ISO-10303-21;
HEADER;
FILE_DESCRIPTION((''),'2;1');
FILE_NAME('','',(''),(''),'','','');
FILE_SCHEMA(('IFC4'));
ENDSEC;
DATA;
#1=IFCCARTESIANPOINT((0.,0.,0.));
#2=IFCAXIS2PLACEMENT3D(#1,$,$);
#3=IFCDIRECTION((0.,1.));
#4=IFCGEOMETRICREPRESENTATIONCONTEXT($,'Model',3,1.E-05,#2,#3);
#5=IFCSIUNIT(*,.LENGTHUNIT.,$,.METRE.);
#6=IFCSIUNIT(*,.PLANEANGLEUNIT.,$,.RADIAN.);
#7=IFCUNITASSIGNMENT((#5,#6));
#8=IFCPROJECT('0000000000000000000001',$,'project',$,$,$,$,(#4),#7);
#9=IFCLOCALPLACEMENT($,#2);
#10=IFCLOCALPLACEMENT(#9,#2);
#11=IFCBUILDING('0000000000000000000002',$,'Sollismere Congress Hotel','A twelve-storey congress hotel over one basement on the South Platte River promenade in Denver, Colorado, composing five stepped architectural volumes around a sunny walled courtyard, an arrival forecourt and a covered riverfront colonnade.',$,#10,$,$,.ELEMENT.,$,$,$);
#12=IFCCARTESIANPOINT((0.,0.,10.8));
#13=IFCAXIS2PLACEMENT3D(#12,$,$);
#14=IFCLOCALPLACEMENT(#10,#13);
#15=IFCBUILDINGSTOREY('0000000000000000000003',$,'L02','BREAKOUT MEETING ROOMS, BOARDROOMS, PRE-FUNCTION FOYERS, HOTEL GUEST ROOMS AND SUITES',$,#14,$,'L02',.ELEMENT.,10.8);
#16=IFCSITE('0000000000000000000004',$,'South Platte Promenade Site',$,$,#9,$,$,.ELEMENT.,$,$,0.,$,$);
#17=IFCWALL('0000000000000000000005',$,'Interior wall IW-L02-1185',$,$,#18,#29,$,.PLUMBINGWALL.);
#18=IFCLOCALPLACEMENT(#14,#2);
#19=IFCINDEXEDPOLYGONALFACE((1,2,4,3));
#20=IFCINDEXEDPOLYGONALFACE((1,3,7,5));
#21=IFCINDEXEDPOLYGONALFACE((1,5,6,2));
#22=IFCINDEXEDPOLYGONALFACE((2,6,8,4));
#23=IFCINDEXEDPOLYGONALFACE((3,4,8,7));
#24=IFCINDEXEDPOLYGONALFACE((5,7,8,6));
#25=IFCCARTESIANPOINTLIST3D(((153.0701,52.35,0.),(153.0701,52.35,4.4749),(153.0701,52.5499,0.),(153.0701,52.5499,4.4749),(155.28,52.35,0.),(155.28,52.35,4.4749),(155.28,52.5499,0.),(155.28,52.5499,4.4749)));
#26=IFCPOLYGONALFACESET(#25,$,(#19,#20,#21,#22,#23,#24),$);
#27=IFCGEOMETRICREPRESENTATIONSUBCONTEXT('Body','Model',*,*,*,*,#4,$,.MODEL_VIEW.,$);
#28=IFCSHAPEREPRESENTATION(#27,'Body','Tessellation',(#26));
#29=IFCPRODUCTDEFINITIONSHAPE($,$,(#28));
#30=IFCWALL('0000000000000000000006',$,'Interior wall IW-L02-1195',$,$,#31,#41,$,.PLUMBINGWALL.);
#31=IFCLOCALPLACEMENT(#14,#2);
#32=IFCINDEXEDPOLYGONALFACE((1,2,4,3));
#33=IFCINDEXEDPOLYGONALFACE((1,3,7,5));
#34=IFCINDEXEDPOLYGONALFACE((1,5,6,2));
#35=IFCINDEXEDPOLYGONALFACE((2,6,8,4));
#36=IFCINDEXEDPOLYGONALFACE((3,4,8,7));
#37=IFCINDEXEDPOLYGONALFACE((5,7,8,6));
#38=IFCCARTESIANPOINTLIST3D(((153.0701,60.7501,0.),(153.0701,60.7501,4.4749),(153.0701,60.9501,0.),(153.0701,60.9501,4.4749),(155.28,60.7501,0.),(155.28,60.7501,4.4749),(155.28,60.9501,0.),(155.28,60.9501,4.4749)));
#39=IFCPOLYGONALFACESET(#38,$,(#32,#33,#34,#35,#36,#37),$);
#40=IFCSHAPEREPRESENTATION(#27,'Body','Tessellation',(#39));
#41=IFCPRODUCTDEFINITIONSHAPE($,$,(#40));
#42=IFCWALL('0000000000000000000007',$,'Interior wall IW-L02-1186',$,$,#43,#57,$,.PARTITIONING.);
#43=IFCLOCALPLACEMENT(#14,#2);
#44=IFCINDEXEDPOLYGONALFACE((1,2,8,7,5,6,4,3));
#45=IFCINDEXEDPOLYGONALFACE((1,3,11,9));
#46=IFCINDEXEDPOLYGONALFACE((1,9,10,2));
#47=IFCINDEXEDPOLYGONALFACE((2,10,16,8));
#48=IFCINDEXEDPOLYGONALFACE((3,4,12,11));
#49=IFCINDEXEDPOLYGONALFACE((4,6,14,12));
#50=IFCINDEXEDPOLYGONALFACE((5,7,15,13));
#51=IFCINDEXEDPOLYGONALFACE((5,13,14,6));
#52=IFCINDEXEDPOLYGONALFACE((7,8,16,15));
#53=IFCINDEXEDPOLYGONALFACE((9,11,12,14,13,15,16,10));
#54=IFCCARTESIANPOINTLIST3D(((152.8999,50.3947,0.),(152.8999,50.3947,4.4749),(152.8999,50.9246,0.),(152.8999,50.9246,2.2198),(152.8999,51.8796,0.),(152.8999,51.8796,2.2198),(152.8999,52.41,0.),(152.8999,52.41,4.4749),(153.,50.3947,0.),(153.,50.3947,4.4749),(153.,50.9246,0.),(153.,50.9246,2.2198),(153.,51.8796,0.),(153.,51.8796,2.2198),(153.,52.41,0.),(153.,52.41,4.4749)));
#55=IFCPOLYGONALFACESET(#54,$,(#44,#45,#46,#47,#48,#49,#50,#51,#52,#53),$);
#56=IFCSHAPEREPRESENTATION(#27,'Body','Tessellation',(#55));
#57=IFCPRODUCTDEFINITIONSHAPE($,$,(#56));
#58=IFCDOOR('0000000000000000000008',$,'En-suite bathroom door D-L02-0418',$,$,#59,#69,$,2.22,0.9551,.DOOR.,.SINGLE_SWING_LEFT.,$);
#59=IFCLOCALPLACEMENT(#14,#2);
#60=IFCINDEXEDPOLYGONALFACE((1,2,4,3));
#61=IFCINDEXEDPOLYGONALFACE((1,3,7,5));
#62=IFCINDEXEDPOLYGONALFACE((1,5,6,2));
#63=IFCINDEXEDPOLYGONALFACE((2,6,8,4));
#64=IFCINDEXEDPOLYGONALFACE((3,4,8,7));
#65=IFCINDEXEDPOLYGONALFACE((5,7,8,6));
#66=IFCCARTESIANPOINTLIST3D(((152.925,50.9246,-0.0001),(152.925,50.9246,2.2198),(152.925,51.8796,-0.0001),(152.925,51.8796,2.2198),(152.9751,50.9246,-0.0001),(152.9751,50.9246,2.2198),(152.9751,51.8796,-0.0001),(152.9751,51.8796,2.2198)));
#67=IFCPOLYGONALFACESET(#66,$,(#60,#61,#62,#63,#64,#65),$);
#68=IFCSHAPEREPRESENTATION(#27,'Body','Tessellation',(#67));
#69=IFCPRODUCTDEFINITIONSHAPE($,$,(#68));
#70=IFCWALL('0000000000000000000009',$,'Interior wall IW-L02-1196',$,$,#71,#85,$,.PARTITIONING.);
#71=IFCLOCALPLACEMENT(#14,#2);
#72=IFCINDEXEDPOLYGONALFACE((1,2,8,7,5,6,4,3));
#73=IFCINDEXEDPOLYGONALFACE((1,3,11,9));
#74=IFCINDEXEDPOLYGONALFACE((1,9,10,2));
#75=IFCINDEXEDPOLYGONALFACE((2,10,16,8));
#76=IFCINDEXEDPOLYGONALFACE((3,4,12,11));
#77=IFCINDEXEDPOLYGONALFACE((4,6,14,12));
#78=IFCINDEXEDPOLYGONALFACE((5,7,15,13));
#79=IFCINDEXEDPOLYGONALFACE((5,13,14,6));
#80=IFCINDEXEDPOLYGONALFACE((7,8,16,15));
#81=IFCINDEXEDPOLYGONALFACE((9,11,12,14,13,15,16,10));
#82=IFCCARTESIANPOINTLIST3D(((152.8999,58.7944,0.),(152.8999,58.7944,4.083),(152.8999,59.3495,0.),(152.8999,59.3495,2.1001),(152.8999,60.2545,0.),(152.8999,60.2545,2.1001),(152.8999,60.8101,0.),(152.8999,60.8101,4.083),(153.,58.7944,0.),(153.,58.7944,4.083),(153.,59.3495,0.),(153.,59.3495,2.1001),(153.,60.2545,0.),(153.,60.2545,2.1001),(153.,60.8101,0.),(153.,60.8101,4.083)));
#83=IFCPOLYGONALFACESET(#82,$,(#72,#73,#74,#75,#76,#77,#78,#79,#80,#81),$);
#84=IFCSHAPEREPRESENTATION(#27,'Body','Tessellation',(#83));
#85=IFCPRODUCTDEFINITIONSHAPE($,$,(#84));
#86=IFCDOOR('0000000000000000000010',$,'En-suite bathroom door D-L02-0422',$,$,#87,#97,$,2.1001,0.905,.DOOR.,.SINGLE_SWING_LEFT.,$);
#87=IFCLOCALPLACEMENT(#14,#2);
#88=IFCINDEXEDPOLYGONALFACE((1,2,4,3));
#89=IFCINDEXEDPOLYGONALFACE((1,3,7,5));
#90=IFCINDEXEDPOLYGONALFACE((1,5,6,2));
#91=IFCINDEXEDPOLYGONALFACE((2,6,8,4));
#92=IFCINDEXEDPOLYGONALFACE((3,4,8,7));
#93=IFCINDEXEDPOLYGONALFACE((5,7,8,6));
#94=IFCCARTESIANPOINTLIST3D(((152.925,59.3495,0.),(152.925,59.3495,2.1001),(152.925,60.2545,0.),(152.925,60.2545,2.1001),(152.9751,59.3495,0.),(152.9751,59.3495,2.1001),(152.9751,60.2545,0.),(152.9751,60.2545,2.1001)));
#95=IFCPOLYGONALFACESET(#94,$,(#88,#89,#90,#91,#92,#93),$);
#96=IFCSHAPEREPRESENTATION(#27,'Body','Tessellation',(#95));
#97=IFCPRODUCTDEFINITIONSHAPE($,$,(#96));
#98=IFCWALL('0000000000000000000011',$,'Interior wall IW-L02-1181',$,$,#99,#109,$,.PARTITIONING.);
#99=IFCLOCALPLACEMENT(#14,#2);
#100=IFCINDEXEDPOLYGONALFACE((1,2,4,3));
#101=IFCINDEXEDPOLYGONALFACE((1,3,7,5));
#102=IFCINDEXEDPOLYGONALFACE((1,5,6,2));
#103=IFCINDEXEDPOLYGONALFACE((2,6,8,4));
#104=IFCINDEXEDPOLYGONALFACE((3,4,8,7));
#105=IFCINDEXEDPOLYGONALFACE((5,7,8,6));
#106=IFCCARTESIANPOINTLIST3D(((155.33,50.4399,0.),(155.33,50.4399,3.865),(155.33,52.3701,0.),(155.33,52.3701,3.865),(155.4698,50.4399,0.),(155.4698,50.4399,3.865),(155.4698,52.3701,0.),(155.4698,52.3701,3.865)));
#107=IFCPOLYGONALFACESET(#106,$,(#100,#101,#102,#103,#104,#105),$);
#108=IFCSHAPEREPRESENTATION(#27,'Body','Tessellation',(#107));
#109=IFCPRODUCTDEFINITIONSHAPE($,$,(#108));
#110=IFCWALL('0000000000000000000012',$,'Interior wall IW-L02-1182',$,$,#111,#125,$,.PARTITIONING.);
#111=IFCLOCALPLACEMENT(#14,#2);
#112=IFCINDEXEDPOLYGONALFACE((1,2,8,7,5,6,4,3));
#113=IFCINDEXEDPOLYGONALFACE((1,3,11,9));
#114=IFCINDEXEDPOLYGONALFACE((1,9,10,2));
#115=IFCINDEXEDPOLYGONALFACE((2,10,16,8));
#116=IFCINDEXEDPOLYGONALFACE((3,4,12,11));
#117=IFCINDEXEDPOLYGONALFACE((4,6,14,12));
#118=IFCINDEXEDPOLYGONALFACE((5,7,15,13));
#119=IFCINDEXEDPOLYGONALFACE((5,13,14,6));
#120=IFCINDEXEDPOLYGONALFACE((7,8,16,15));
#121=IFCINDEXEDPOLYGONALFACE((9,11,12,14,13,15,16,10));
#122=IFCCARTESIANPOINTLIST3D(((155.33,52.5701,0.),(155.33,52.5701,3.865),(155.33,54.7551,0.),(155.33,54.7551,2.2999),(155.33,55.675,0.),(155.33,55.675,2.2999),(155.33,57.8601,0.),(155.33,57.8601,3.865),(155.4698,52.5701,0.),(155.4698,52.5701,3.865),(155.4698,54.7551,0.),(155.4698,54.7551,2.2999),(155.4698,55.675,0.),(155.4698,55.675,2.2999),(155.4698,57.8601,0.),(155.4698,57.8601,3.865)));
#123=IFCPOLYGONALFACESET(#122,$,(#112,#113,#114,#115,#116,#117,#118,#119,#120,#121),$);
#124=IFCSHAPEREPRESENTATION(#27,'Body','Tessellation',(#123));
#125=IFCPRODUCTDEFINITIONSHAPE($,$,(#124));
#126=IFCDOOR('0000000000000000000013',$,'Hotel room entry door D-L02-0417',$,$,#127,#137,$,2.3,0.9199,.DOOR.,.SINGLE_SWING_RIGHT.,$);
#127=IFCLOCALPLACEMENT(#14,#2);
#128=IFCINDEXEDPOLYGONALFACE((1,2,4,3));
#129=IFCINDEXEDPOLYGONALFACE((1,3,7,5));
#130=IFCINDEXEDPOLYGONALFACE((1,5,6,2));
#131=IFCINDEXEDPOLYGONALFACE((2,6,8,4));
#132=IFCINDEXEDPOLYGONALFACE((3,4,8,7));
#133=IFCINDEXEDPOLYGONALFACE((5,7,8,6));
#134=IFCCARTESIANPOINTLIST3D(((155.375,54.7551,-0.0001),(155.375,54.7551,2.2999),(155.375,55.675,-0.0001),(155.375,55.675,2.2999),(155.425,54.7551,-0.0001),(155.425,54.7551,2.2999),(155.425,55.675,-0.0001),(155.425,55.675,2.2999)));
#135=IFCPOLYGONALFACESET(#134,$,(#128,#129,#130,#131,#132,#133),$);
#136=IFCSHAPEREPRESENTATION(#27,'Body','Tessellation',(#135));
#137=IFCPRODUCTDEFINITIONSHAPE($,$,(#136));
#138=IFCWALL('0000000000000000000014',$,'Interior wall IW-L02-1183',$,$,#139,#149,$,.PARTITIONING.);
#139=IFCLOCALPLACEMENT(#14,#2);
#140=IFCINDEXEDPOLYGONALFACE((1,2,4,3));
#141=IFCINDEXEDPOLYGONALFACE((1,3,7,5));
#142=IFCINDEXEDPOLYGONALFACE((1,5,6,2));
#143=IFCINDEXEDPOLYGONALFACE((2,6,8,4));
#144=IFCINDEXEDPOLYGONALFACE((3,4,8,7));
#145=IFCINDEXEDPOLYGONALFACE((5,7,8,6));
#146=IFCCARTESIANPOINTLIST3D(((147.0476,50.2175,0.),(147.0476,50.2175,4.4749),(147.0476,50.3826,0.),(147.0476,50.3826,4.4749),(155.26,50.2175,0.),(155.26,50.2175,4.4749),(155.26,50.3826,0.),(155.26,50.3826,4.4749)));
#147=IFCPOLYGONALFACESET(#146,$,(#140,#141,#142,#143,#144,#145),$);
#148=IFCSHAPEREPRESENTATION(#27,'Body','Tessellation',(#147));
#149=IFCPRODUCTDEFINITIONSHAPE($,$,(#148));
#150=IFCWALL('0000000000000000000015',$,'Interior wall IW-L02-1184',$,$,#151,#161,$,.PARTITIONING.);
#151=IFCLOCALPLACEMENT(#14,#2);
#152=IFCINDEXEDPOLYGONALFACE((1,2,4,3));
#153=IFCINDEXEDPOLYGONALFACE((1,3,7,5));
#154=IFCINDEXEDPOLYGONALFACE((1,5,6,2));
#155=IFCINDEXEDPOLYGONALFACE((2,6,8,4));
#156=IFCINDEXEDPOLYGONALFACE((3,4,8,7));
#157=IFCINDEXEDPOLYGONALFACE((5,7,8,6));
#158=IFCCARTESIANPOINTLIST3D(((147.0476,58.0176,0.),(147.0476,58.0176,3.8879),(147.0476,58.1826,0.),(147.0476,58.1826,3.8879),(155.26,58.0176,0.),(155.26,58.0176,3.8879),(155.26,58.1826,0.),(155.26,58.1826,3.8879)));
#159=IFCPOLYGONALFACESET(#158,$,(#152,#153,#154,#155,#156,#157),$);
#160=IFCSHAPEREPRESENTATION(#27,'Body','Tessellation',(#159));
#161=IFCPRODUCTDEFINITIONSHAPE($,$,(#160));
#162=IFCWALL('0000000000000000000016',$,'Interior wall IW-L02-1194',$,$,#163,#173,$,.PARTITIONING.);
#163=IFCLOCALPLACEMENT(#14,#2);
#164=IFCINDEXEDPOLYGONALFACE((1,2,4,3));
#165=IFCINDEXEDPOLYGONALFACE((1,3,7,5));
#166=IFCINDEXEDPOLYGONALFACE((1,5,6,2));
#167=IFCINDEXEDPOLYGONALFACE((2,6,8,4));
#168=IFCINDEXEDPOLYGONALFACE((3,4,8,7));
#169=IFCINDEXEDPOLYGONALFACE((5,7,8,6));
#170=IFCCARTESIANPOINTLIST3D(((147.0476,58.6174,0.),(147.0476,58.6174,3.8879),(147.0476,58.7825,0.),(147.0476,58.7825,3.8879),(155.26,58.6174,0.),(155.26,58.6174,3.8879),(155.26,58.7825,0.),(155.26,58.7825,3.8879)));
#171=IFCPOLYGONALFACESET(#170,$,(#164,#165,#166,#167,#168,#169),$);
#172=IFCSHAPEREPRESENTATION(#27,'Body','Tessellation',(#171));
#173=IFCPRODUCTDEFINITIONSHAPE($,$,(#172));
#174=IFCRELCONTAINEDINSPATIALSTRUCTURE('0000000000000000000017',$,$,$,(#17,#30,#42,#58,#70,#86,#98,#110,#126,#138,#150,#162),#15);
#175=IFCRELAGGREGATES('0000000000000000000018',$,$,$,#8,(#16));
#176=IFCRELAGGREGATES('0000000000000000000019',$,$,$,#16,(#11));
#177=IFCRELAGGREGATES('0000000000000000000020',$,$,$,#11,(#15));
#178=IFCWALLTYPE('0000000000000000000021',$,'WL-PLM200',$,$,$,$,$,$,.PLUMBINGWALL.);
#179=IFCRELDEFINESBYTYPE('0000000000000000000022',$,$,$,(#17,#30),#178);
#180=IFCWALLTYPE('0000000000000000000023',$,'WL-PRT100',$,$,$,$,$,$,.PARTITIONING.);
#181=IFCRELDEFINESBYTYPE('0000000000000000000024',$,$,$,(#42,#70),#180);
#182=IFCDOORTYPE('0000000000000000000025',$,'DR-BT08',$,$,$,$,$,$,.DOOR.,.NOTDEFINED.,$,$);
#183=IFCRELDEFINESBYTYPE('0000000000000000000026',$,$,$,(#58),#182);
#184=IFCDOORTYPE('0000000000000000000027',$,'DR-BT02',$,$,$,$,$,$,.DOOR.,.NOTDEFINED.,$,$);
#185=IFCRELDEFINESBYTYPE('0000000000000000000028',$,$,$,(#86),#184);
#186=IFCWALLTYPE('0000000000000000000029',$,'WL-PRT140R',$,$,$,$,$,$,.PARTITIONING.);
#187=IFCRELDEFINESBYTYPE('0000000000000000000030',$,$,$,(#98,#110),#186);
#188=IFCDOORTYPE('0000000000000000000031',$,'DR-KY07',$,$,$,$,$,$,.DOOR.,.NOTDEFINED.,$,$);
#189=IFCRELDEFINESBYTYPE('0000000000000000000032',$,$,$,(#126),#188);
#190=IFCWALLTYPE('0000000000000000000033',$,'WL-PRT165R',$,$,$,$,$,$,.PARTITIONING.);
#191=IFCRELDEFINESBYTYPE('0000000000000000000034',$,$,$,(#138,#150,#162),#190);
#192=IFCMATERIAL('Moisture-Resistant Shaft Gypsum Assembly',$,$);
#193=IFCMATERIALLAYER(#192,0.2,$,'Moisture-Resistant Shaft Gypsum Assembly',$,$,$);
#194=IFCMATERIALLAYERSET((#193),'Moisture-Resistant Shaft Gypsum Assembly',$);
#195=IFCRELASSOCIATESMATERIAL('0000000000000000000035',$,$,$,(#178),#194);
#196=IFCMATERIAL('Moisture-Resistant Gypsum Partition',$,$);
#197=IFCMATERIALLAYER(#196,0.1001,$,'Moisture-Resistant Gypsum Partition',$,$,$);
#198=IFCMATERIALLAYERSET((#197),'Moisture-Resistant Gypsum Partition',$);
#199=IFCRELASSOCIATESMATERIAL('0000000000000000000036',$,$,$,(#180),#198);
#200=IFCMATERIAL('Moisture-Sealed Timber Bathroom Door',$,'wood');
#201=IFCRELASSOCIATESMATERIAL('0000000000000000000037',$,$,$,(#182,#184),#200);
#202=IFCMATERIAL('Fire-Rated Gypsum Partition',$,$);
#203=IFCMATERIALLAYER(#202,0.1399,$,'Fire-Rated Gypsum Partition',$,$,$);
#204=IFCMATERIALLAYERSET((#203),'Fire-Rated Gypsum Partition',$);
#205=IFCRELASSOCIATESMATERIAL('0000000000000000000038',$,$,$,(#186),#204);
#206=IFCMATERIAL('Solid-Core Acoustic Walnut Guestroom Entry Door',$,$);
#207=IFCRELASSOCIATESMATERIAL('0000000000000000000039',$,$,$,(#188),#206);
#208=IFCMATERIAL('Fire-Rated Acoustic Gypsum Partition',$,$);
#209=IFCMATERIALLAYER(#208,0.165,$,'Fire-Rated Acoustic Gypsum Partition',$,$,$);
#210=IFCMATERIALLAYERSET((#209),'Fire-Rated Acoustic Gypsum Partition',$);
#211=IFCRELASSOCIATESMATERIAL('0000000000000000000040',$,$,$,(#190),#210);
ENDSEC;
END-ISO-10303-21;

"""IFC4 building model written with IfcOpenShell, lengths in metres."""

from ifc_helpers import new_model, si_unit, direction, frame, frame_2d, origin, place, context, subcontext, project, spatial, rectangle, extrude, material, layer, layer_set, type_object, element, fill, save


model = new_model("IFC4")

# Units and contexts
model_context = context("Model", 3, precision=1e-05, world=origin(), true_north=direction((0.0, 1.0)))
body_context = subcontext(model_context, "Body", "Model", "MODEL_VIEW")
ifc_project = project(units=[si_unit("LENGTHUNIT", "METRE"), si_unit("PLANEANGLEUNIT", "RADIAN")], contexts=[model_context])

# Site, building, storey
site_placement = place(None, origin())
site = spatial("IfcSite", under=ifc_project, at=site_placement, Name="South Platte Promenade Site", CompositionType="ELEMENT", RefElevation=0.0)
building_placement = place(site_placement, origin())
building = spatial("IfcBuilding", under=site, at=building_placement, Name="Sollismere Congress Hotel", Description="A twelve-storey congress hotel over one basement on the South Platte River promenade in Denver, Colorado, composing five stepped architectural volumes around a sunny walled courtyard, an arrival forecourt and a covered riverfront colonnade.", CompositionType="ELEMENT")
storey_placement = place(building_placement, frame((0.0, 0.0, 10.8)))
storey = spatial("IfcBuildingStorey", under=building, at=storey_placement, Name="L02", Description="BREAKOUT MEETING ROOMS, BOARDROOMS, PRE-FUNCTION FOYERS, HOTEL GUEST ROOMS AND SUITES", LongName="L02", CompositionType="ELEMENT", Elevation=10.8)

# Walls
ifc_material_1 = material(Name="Moisture-Resistant Shaft Gypsum Assembly")
ifc_layer_1 = layer(ifc_material_1, 0.2, Name="Moisture-Resistant Shaft Gypsum Assembly")
ifc_layer_set_1 = layer_set([ifc_layer_1], Name="Moisture-Resistant Shaft Gypsum Assembly")
wall_type_1 = type_object("IfcWallType", Name="WL-PLM200", PredefinedType="PLUMBINGWALL", material=ifc_layer_set_1)
for number, where, z_axis, x_axis, name in (
    (1, (153.0701, 52.45, 0.0), (0.0, 0.0, 1.0), (1.0, 0.0, 0.0), "Interior wall IW-L02-1185"),
    (2, (153.0701, 60.8501, 0.0), (0.0, 0.0, 1.0), (1.0, 0.0, 0.0), "Interior wall IW-L02-1195"),
):
    element("IfcWall", number, at=place(storey_placement, frame(where, z_axis=z_axis, x_axis=x_axis)), inside=storey, type_object=wall_type_1, Name=name, PredefinedType="PLUMBINGWALL", context=body_context, shape_type="SweptSolid", body=[
        extrude(rectangle(XDim=2.21, YDim=0.2, at=frame_2d((1.105, 0.0))), origin(), (0.0, 0.0, 1.0), 4.4749),
    ])

# Walls, openings, doors
ifc_material_2 = material(Name="Moisture-Resistant Gypsum Partition")
ifc_layer_2 = layer(ifc_material_2, 0.1001, Name="Moisture-Resistant Gypsum Partition")
ifc_layer_set_2 = layer_set([ifc_layer_2], Name="Moisture-Resistant Gypsum Partition")
wall_type_2 = type_object("IfcWallType", Name="WL-PRT100", PredefinedType="PARTITIONING", material=ifc_layer_set_2)
wall_1_placement = place(storey_placement, frame((152.95, 50.3945, 0.0), z_axis=(0.0, 0.0, 1.0), x_axis=(0.0, 1.0, 0.0)))
wall_1 = element("IfcWall", 3, at=wall_1_placement, inside=storey, type_object=wall_type_2, Name="Interior wall IW-L02-1186", PredefinedType="PARTITIONING", context=body_context, shape_type="SweptSolid", body=[
    extrude(rectangle(XDim=2.0154, YDim=0.1001, at=frame_2d((1.0078, 0.0))), origin(), (0.0, 0.0, 1.0), 4.4749),
])
opening_1_placement = place(wall_1_placement, frame((0.53, 0.0, 0.0)))
opening_1 = element("IfcOpeningElement", 4, at=opening_1_placement, cuts=wall_1, PredefinedType="OPENING", context=body_context, shape_type="SweptSolid", body=[
    extrude(rectangle(XDim=0.9551, YDim=2.22, at=frame_2d((0.4775, 1.1099))), frame((0.0, 0.0601, 0.0), z_axis=(0.0, -1.0, 0.0), x_axis=(1.0, 0.0, 0.0)), (0.0, 0.0, 1.0), 0.1201),
])
ifc_material_3 = material(Name="Moisture-Sealed Timber Bathroom Door", Category="wood")
door_type_1 = type_object("IfcDoorType", Name="DR-BT08", OperationType="NOTDEFINED", PredefinedType="DOOR", material=ifc_material_3)
door_1_placement = place(opening_1_placement, origin())
door_1 = element("IfcDoor", 5, at=door_1_placement, inside=storey, type_object=door_type_1, Name="En-suite bathroom door D-L02-0418", OperationType="SINGLE_SWING_LEFT", OverallHeight=2.22, OverallWidth=0.9551, PredefinedType="DOOR", context=body_context, shape_type="SweptSolid", body=[
    extrude(rectangle(XDim=0.9551, YDim=2.22, at=frame_2d((0.4775, 1.1099))), frame((0.0, 0.0249, 0.0), z_axis=(0.0, -1.0, 0.0), x_axis=(1.0, 0.0, 0.0)), (0.0, 0.0, 1.0), 0.05),
])
fill(opening_1, door_1)
wall_2_placement = place(storey_placement, frame((152.95, 58.7944, 0.0), z_axis=(0.0, 0.0, 1.0), x_axis=(0.0, 1.0, 0.0)))
wall_2 = element("IfcWall", 6, at=wall_2_placement, inside=storey, type_object=wall_type_2, Name="Interior wall IW-L02-1196", PredefinedType="PARTITIONING", context=body_context, shape_type="SweptSolid", body=[
    extrude(rectangle(XDim=2.0156, YDim=0.1001, at=frame_2d((1.0078, 0.0))), origin(), (0.0, 0.0, 1.0), 4.083),
])
opening_2_placement = place(wall_2_placement, frame((0.5549, 0.0, 0.0)))
opening_2 = element("IfcOpeningElement", 7, at=opening_2_placement, cuts=wall_2, PredefinedType="OPENING", context=body_context, shape_type="SweptSolid", body=[
    extrude(rectangle(XDim=0.905, YDim=2.1001, at=frame_2d((0.4526, 1.05))), frame((0.0, 0.0601, 0.0), z_axis=(0.0, -1.0, 0.0), x_axis=(1.0, 0.0, 0.0)), (0.0, 0.0, 1.0), 0.1201),
])
door_type_2 = type_object("IfcDoorType", Name="DR-BT02", OperationType="NOTDEFINED", PredefinedType="DOOR", material=ifc_material_3)
door_2_placement = place(opening_2_placement, origin())
door_2 = element("IfcDoor", 8, at=door_2_placement, inside=storey, type_object=door_type_2, Name="En-suite bathroom door D-L02-0422", OperationType="SINGLE_SWING_LEFT", OverallHeight=2.1001, OverallWidth=0.905, PredefinedType="DOOR", context=body_context, shape_type="SweptSolid", body=[
    extrude(rectangle(XDim=0.905, YDim=2.1001, at=frame_2d((0.4526, 1.05))), frame((0.0, 0.0249, 0.0), z_axis=(0.0, -1.0, 0.0), x_axis=(1.0, 0.0, 0.0)), (0.0, 0.0, 1.0), 0.05),
])
fill(opening_2, door_2)

# Wall
ifc_material_4 = material(Name="Fire-Rated Gypsum Partition")
ifc_layer_3 = layer(ifc_material_4, 0.1399, Name="Fire-Rated Gypsum Partition")
ifc_layer_set_3 = layer_set([ifc_layer_3], Name="Fire-Rated Gypsum Partition")
wall_type_3 = type_object("IfcWallType", Name="WL-PRT140R", PredefinedType="PARTITIONING", material=ifc_layer_set_3)
wall_3_placement = place(storey_placement, frame((155.3999, 50.4399, 0.0), z_axis=(0.0, 0.0, 1.0), x_axis=(0.0, 1.0, 0.0)))
element("IfcWall", 9, at=wall_3_placement, inside=storey, type_object=wall_type_3, Name="Interior wall IW-L02-1181", PredefinedType="PARTITIONING", context=body_context, shape_type="SweptSolid", body=[
    extrude(rectangle(XDim=1.9302, YDim=0.1399, at=frame_2d((0.9651, 0.0))), origin(), (0.0, 0.0, 1.0), 3.865),
])

# Wall, opening, door
wall_4_placement = place(storey_placement, frame((155.3999, 52.5701, 0.0), z_axis=(0.0, 0.0, 1.0), x_axis=(0.0, 1.0, 0.0)))
wall_4 = element("IfcWall", 10, at=wall_4_placement, inside=storey, type_object=wall_type_3, Name="Interior wall IW-L02-1182", PredefinedType="PARTITIONING", context=body_context, shape_type="SweptSolid", body=[
    extrude(rectangle(XDim=5.29, YDim=0.1399, at=frame_2d((2.645, 0.0))), origin(), (0.0, 0.0, 1.0), 3.865),
])
opening_3_placement = place(wall_4_placement, frame((2.1851, 0.0, 0.0)))
opening_3 = element("IfcOpeningElement", 11, at=opening_3_placement, cuts=wall_4, PredefinedType="OPENING", context=body_context, shape_type="SweptSolid", body=[
    extrude(rectangle(XDim=0.9199, YDim=2.3, at=frame_2d((0.46, 1.1499))), frame((0.0, 0.0798, 0.0), z_axis=(0.0, -1.0, 0.0), x_axis=(1.0, 0.0, 0.0)), (0.0, 0.0, 1.0), 0.1599),
])
ifc_material_5 = material(Name="Solid-Core Acoustic Walnut Guestroom Entry Door")
door_type_3 = type_object("IfcDoorType", Name="DR-KY07", OperationType="NOTDEFINED", PredefinedType="DOOR", material=ifc_material_5)
door_3_placement = place(opening_3_placement, origin())
door_3 = element("IfcDoor", 12, at=door_3_placement, inside=storey, type_object=door_type_3, Name="Hotel room entry door D-L02-0417", OperationType="SINGLE_SWING_RIGHT", OverallHeight=2.3, OverallWidth=0.9199, PredefinedType="DOOR", context=body_context, shape_type="SweptSolid", body=[
    extrude(rectangle(XDim=0.9199, YDim=2.3, at=frame_2d((0.46, 1.1499))), frame((0.0, 0.0249, 0.0), z_axis=(0.0, -1.0, 0.0), x_axis=(1.0, 0.0, 0.0)), (0.0, 0.0, 1.0), 0.05),
])
fill(opening_3, door_3)

# Walls
ifc_material_6 = material(Name="Fire-Rated Acoustic Gypsum Partition")
ifc_layer_4 = layer(ifc_material_6, 0.165, Name="Fire-Rated Acoustic Gypsum Partition")
ifc_layer_set_4 = layer_set([ifc_layer_4], Name="Fire-Rated Acoustic Gypsum Partition")
wall_type_4 = type_object("IfcWallType", Name="WL-PRT165R", PredefinedType="PARTITIONING", material=ifc_layer_set_4)
wall_5_placement = place(storey_placement, frame((147.0476, 50.3, 0.0), z_axis=(0.0, 0.0, 1.0), x_axis=(1.0, 0.0, 0.0)))
element("IfcWall", 13, at=wall_5_placement, inside=storey, type_object=wall_type_4, Name="Interior wall IW-L02-1183", PredefinedType="PARTITIONING", context=body_context, shape_type="SweptSolid", body=[
    extrude(rectangle(XDim=8.2124, YDim=0.165, at=frame_2d((4.1062, 0.0))), origin(), (0.0, 0.0, 1.0), 4.4749),
])
for number, where, z_axis, x_axis, name in (
    (14, (147.0476, 58.1001, 0.0), (0.0, 0.0, 1.0), (1.0, 0.0, 0.0), "Interior wall IW-L02-1184"),
    (15, (147.0476, 58.7, 0.0), (0.0, 0.0, 1.0), (1.0, 0.0, 0.0), "Interior wall IW-L02-1194"),
):
    element("IfcWall", number, at=place(storey_placement, frame(where, z_axis=z_axis, x_axis=x_axis)), inside=storey, type_object=wall_type_4, Name=name, PredefinedType="PARTITIONING", context=body_context, shape_type="SweptSolid", body=[
        extrude(rectangle(XDim=8.2124, YDim=0.165, at=frame_2d((4.1062, 0.0))), origin(), (0.0, 0.0, 1.0), 3.8879),
    ])

save(model, "model.ifc")
